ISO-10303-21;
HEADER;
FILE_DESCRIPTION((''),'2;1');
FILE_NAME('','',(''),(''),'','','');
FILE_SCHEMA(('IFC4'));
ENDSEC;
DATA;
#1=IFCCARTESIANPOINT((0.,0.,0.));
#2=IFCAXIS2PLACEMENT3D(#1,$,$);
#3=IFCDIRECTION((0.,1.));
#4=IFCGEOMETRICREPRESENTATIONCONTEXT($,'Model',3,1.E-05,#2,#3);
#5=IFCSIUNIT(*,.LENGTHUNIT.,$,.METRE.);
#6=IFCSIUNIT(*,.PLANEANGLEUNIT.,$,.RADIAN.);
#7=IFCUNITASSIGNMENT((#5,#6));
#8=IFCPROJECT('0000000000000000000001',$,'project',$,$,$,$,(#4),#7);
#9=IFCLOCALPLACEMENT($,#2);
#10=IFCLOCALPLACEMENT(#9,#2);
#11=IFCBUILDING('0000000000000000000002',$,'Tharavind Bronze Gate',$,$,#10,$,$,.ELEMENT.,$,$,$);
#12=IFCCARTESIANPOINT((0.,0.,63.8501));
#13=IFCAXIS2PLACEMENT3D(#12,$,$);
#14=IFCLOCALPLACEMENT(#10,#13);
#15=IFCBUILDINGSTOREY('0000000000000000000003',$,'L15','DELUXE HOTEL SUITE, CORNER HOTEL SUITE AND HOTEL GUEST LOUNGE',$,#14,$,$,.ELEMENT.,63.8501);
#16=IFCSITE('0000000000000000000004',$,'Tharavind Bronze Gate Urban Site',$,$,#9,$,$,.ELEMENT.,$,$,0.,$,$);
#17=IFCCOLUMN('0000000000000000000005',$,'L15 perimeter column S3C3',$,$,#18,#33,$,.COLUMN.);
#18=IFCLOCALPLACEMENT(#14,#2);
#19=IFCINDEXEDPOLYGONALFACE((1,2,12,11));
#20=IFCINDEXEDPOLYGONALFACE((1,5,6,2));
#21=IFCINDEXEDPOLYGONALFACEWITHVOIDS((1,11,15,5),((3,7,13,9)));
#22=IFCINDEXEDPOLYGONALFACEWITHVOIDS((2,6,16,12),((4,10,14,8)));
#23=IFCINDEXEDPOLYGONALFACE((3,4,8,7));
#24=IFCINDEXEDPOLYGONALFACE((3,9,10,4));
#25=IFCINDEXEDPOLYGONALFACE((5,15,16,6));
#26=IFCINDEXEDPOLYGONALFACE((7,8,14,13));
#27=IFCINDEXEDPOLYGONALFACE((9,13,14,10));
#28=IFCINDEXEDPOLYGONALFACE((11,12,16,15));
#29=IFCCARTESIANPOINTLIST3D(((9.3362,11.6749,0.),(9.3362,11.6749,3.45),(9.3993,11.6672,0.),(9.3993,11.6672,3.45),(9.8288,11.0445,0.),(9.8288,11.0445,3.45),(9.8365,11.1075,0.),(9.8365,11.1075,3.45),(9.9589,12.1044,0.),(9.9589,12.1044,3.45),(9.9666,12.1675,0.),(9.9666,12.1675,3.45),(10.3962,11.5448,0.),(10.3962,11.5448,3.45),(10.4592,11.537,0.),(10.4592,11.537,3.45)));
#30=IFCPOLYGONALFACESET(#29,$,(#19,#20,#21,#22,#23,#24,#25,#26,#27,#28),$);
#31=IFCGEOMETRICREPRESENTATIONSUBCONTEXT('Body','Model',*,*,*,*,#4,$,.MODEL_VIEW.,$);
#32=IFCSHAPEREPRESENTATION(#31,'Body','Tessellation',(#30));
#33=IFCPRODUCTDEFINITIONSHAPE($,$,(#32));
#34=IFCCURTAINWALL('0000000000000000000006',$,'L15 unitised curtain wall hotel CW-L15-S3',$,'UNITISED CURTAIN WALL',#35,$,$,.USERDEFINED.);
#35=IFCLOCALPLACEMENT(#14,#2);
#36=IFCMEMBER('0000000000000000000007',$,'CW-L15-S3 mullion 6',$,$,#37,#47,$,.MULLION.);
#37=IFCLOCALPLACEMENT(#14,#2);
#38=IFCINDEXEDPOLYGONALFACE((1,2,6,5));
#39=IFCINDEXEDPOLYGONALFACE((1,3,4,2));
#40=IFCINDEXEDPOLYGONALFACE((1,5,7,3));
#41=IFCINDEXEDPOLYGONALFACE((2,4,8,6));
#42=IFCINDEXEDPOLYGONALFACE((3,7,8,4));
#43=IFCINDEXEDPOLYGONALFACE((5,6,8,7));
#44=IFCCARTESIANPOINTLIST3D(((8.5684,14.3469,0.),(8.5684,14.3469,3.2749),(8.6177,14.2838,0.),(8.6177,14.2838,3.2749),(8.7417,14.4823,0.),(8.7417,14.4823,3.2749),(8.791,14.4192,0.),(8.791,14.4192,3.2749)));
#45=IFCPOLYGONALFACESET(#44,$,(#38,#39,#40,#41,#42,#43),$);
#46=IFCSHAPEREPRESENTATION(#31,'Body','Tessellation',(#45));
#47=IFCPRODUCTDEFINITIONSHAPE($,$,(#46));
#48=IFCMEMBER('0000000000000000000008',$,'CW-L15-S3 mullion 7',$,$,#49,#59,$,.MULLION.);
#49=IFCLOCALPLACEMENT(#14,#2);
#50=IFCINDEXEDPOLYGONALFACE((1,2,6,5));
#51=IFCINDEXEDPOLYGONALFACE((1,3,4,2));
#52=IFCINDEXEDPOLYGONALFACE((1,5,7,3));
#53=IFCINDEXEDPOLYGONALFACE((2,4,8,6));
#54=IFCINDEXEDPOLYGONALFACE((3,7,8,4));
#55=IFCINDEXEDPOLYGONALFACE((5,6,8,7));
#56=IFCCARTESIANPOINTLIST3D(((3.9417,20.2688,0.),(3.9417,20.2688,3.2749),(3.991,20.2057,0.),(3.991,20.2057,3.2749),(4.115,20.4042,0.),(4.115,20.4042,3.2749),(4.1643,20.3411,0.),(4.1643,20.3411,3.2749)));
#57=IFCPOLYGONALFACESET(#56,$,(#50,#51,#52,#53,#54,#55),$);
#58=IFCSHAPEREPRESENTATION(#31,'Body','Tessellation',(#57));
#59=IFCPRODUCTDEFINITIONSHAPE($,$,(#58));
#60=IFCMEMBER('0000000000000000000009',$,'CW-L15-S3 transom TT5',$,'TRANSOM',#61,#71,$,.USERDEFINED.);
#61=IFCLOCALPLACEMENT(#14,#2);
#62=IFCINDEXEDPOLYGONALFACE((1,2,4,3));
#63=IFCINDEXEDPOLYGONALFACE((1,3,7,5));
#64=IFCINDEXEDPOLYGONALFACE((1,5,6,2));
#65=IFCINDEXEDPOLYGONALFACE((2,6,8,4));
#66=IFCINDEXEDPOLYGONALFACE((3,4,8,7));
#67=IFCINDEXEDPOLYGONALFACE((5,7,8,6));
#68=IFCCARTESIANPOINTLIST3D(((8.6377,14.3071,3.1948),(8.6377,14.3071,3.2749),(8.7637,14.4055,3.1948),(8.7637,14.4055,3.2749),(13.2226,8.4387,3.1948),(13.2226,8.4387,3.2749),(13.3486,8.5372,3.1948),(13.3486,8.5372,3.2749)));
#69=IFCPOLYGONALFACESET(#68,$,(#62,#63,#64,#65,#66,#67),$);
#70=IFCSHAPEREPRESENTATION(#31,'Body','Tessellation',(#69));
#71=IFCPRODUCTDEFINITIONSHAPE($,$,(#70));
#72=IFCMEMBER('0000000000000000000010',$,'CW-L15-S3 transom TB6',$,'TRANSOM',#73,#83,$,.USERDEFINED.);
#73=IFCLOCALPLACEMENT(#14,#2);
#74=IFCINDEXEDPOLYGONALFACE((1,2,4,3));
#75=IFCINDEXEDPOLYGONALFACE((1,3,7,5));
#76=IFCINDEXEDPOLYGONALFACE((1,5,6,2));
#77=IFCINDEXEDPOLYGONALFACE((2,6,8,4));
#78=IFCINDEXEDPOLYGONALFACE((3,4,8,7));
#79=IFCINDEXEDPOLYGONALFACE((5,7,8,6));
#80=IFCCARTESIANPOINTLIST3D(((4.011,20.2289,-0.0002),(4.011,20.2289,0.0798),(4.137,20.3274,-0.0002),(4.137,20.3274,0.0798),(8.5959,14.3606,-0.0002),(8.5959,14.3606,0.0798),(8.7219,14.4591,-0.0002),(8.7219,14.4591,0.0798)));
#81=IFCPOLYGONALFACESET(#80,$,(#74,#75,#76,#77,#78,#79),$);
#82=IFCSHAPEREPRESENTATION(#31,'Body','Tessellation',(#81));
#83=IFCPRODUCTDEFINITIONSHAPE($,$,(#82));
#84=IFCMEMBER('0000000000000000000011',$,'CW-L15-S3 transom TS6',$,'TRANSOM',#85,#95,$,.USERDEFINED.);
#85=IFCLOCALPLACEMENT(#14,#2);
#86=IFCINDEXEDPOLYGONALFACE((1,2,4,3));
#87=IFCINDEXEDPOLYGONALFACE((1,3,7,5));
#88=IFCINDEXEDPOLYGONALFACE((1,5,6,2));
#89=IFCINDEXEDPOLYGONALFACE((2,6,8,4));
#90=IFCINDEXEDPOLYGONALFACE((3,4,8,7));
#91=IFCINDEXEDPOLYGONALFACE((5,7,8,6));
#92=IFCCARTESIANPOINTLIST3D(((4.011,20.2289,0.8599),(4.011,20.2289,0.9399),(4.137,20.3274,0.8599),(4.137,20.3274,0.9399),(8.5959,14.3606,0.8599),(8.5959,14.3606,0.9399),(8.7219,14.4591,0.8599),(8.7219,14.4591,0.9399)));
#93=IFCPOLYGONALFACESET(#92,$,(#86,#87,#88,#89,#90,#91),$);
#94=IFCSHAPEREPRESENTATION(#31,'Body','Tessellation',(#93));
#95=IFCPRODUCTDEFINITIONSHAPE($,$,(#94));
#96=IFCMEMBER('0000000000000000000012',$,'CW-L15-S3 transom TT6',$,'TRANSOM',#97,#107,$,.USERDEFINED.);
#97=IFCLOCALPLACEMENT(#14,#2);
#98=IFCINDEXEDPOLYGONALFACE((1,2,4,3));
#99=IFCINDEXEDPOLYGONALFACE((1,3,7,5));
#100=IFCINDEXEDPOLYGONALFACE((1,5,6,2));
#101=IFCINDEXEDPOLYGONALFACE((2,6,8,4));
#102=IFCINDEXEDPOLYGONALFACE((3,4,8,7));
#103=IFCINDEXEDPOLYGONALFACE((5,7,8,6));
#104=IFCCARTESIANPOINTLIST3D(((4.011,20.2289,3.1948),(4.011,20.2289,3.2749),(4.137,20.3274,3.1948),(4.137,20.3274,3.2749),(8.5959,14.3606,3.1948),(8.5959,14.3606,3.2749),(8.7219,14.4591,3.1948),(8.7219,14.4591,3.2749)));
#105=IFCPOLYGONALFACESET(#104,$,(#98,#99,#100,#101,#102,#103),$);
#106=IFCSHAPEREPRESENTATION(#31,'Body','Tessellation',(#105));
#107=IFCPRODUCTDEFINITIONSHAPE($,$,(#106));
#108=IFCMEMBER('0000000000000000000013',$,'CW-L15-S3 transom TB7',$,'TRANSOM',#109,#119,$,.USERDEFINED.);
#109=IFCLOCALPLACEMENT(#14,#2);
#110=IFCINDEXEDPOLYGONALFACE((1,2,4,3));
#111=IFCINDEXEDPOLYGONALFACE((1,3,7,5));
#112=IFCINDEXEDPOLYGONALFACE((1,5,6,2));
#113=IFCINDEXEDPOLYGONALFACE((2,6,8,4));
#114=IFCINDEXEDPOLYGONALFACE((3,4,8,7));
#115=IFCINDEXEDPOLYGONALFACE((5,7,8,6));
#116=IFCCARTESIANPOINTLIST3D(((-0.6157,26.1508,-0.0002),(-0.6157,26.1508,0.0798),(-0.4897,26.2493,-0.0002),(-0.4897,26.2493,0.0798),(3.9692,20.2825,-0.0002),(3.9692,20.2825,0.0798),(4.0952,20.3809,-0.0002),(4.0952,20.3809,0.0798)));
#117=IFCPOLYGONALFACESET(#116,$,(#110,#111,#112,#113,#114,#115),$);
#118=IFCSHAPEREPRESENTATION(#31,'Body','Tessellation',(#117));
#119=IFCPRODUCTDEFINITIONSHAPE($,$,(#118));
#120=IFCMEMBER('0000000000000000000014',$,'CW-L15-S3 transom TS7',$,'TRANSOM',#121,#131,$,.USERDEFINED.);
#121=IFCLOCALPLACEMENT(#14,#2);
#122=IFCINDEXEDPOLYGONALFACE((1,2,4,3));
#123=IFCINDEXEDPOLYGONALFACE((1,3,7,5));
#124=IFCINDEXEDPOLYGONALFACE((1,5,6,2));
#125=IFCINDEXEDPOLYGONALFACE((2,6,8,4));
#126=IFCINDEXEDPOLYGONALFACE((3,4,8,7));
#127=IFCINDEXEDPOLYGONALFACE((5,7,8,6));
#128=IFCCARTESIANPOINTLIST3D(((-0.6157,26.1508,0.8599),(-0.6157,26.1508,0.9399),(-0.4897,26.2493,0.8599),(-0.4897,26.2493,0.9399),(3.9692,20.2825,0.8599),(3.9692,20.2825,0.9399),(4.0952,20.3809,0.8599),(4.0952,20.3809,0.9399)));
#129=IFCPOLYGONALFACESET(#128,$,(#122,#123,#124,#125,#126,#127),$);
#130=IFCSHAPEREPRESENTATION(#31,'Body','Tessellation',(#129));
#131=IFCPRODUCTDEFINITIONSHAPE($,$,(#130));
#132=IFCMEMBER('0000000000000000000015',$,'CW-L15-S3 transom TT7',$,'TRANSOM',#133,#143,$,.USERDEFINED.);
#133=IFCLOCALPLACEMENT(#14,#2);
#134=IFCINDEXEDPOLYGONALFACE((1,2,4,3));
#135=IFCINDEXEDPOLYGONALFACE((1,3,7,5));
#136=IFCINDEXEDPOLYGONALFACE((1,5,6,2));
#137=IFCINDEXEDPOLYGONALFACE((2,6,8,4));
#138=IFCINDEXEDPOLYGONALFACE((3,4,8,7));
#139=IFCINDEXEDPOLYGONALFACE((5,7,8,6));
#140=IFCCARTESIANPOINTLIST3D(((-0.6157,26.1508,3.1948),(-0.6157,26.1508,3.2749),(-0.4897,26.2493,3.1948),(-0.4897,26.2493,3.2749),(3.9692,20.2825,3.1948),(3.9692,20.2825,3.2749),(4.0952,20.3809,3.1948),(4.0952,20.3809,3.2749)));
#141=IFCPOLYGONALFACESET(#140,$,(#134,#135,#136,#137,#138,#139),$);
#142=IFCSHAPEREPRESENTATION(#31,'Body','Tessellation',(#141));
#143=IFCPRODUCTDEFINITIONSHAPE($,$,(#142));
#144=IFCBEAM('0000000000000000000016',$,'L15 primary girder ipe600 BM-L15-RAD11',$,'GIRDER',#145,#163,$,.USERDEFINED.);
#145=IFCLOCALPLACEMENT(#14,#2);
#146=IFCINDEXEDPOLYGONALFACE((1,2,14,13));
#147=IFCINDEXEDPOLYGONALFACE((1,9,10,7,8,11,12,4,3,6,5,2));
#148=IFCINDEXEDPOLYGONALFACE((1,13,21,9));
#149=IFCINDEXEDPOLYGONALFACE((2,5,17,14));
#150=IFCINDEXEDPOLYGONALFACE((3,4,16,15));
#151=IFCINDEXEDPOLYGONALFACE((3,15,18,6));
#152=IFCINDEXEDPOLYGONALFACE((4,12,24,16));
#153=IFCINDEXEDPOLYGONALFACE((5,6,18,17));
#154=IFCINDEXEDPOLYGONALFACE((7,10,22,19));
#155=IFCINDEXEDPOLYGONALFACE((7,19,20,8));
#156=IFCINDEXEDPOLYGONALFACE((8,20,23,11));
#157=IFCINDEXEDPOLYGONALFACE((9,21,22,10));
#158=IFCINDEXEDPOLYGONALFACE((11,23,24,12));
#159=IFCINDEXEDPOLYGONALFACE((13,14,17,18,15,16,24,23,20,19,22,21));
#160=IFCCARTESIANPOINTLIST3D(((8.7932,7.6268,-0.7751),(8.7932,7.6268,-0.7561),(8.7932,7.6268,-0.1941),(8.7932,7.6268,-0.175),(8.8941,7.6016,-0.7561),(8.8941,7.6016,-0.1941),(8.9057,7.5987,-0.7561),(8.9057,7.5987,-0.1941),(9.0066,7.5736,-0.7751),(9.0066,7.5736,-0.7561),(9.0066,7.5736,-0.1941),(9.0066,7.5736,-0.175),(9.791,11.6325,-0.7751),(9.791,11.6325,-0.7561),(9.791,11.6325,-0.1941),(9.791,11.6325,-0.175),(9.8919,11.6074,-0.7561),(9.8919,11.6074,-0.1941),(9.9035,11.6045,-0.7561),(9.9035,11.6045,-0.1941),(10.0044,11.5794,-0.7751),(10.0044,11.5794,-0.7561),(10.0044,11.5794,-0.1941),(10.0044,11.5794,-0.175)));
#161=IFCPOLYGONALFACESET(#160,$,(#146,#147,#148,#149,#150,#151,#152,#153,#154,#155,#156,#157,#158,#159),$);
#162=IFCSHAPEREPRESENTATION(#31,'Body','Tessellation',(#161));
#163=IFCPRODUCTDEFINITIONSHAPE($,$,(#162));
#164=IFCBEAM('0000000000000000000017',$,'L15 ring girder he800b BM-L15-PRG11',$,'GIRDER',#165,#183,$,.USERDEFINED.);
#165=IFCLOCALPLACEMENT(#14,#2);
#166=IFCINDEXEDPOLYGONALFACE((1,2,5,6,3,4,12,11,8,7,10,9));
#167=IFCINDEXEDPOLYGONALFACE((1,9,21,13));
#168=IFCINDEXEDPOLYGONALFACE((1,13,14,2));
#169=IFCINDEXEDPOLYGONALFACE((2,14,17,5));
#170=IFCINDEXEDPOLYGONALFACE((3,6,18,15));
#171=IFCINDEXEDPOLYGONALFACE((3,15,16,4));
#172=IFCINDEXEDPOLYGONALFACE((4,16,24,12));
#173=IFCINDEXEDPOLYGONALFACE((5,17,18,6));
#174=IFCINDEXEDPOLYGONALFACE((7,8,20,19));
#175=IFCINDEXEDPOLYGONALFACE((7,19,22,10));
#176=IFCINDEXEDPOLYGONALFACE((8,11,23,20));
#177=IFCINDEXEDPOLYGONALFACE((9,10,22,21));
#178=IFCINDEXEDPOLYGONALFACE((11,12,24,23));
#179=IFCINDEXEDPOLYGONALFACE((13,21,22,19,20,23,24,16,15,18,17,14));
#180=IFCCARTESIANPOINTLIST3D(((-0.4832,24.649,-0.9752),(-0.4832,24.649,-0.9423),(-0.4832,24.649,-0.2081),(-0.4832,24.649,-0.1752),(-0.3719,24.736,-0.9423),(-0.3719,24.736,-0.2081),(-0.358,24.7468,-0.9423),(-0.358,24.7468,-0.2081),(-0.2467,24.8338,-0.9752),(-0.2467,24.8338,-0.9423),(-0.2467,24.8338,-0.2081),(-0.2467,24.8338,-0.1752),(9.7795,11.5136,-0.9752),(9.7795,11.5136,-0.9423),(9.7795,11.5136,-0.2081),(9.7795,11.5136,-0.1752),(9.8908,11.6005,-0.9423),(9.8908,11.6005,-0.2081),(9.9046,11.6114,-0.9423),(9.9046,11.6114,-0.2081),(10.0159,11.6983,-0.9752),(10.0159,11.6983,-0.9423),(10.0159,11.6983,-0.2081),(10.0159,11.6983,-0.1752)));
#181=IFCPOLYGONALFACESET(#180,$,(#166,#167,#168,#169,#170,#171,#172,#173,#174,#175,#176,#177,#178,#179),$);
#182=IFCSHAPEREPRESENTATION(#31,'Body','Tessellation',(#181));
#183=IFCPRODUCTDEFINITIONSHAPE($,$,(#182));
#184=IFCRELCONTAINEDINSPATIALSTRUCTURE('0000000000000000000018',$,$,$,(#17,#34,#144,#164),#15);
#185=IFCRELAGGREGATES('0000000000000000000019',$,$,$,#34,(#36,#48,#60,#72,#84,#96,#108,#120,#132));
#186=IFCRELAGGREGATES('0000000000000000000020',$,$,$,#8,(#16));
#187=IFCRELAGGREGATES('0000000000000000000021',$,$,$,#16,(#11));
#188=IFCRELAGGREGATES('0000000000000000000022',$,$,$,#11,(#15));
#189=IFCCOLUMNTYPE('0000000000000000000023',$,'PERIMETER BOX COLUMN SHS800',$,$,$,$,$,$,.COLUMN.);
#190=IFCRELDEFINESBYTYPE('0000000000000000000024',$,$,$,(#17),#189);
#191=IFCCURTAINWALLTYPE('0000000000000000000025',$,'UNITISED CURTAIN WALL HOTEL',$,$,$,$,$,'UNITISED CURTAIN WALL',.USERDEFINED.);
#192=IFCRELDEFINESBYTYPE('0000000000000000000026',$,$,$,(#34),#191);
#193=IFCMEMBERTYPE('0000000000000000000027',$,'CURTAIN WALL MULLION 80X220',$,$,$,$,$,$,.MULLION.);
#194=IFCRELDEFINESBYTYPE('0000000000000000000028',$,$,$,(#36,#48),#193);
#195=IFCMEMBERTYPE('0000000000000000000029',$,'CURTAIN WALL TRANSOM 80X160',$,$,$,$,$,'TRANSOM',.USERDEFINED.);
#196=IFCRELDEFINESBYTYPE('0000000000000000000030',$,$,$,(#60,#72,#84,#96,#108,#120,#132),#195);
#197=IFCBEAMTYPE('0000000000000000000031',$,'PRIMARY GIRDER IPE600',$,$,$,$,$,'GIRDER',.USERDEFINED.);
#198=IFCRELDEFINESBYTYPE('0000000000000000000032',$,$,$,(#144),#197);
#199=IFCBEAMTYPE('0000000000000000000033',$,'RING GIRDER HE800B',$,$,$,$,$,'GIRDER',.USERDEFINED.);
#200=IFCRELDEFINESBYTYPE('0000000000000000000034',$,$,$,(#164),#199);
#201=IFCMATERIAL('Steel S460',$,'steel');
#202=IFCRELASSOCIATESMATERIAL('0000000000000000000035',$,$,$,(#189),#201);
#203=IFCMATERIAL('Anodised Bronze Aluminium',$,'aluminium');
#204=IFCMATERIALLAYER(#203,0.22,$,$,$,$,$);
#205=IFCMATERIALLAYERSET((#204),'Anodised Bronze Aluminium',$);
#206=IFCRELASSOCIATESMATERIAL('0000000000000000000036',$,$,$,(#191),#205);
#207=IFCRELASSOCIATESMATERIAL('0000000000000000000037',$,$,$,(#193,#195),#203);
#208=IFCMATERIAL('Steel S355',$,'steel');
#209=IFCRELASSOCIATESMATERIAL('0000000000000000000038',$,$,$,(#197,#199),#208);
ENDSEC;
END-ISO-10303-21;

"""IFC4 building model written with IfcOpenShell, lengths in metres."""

from ifc_helpers import new_model, si_unit, direction, frame, origin, origin_2d, place, context, subcontext, project, spatial, rectangle, hollow_rectangle, i_section, extrude, material, layer, layer_set, material_profile, profile_set, type_object, element, aggregate, save


model = new_model("IFC4")

# Units and contexts
model_context = context("Model", 3, precision=1e-05, world=origin(), true_north=direction((0.0, 1.0)))
body_context = subcontext(model_context, "Body", "Model", "MODEL_VIEW")
ifc_project = project(units=[si_unit("LENGTHUNIT", "METRE"), si_unit("PLANEANGLEUNIT", "RADIAN")], contexts=[model_context])

# Site, building, storey
site_placement = place(None, origin())
site = spatial("IfcSite", under=ifc_project, at=site_placement, Name="Tharavind Bronze Gate Urban Site", CompositionType="ELEMENT", RefElevation=0.0)
building_placement = place(site_placement, origin())
building = spatial("IfcBuilding", under=site, at=building_placement, Name="Tharavind Bronze Gate", CompositionType="ELEMENT")
storey_placement = place(building_placement, frame((0.0, 0.0, 63.8501)))
storey = spatial("IfcBuildingStorey", under=building, at=storey_placement, Name="L15", Description="DELUXE HOTEL SUITE, CORNER HOTEL SUITE AND HOTEL GUEST LOUNGE", CompositionType="ELEMENT", Elevation=63.8501)

# Column
ifc_material_1 = material(Name="Steel S460", Category="steel")
ifc_material_profile_1 = material_profile(ifc_material_1, hollow_rectangle(XDim=0.8, YDim=0.8, WallThickness=0.0449, at=origin_2d()), Name="SHS800X45")
ifc_profile_set_1 = profile_set([ifc_material_profile_1], Name="Steel S460")
column_type = type_object("IfcColumnType", Name="PERIMETER BOX COLUMN SHS800", PredefinedType="COLUMN", material=ifc_profile_set_1)
column_placement = place(storey_placement, frame((9.8977, 11.606, 0.0), z_axis=(0.0, 0.0, 1.0), x_axis=(-0.615661, 0.788011, 0.0)))
element("IfcColumn", 1, at=column_placement, inside=storey, type_object=column_type, Name="L15 perimeter column S3C3", PredefinedType="COLUMN", context=body_context, shape_type="SweptSolid", body=[
    extrude(hollow_rectangle(XDim=0.8, YDim=0.8, WallThickness=0.0449, at=origin_2d()), origin(), (0.0, 0.0, 1.0), 3.45),
])

# Curtain wall, members
ifc_material_2 = material(Name="Anodised Bronze Aluminium", Category="aluminium")
ifc_layer_1 = layer(ifc_material_2, 0.22)
ifc_layer_set_1 = layer_set([ifc_layer_1], Name="Anodised Bronze Aluminium")
curtain_wall_type = type_object("IfcCurtainWallType", Name="UNITISED CURTAIN WALL HOTEL", ElementType="UNITISED CURTAIN WALL", PredefinedType="USERDEFINED", material=ifc_layer_set_1)
curtain_wall_placement = place(storey_placement, origin())
curtain_wall = element("IfcCurtainWall", 2, at=curtain_wall_placement, inside=storey, type_object=curtain_wall_type, Name="L15 unitised curtain wall hotel CW-L15-S3", ObjectType="UNITISED CURTAIN WALL", PredefinedType="USERDEFINED")
member_type_1 = type_object("IfcMemberType", Name="CURTAIN WALL MULLION 80X220", PredefinedType="MULLION", material=ifc_material_2)
member_1_placement = place(storey_placement, frame((8.6797, 14.3831, 0.0), z_axis=(0.0, 0.0, 1.0), x_axis=(-0.615661, 0.788011, 0.0)))
member_1 = element("IfcMember", 3, at=member_1_placement, type_object=member_type_1, Name="CW-L15-S3 mullion 6", PredefinedType="MULLION", context=body_context, shape_type="SweptSolid", body=[
    extrude(rectangle(XDim=0.0801, YDim=0.22, at=origin_2d()), origin(), (0.0, 0.0, 1.0), 3.2749),
])
member_2_placement = place(storey_placement, frame((4.053, 20.3049, 0.0), z_axis=(0.0, 0.0, 1.0), x_axis=(-0.615661, 0.788011, 0.0)))
member_2 = element("IfcMember", 4, at=member_2_placement, type_object=member_type_1, Name="CW-L15-S3 mullion 7", PredefinedType="MULLION", context=body_context, shape_type="SweptSolid", body=[
    extrude(rectangle(XDim=0.0801, YDim=0.22, at=origin_2d()), origin(), (0.0, 0.0, 1.0), 3.2749),
])
member_type_2 = type_object("IfcMemberType", Name="CURTAIN WALL TRANSOM 80X160", ElementType="TRANSOM", PredefinedType="USERDEFINED", material=ifc_material_2)
member_3_placement = place(storey_placement, frame((10.9932, 11.4221, 3.1948), z_axis=(0.0, 0.0, 1.0), x_axis=(-0.615661, 0.788011, 0.0)))
member_3 = element("IfcMember", 5, at=member_3_placement, type_object=member_type_2, Name="CW-L15-S3 transom TT5", ObjectType="TRANSOM", PredefinedType="USERDEFINED", context=body_context, shape_type="SweptSolid", body=[
    extrude(rectangle(XDim=7.447, YDim=0.1599, at=origin_2d()), origin(), (0.0, 0.0, 1.0), 0.0801),
])
member_4_placement = place(storey_placement, frame((6.3665, 17.344, -0.0002), z_axis=(0.0, 0.0, 1.0), x_axis=(-0.615661, 0.788011, 0.0)))
member_4 = element("IfcMember", 6, at=member_4_placement, type_object=member_type_2, Name="CW-L15-S3 transom TB6", ObjectType="TRANSOM", PredefinedType="USERDEFINED", context=body_context, shape_type="SweptSolid", body=[
    extrude(rectangle(XDim=7.447, YDim=0.1599, at=origin_2d()), origin(), (0.0, 0.0, 1.0), 0.0801),
])
member_5_placement = place(storey_placement, frame((6.3665, 17.344, 0.8599), z_axis=(0.0, 0.0, 1.0), x_axis=(-0.615661, 0.788011, 0.0)))
member_5 = element("IfcMember", 7, at=member_5_placement, type_object=member_type_2, Name="CW-L15-S3 transom TS6", ObjectType="TRANSOM", PredefinedType="USERDEFINED", context=body_context, shape_type="SweptSolid", body=[
    extrude(rectangle(XDim=7.447, YDim=0.1599, at=origin_2d()), origin(), (0.0, 0.0, 1.0), 0.0801),
])
member_6_placement = place(storey_placement, frame((6.3665, 17.344, 3.1948), z_axis=(0.0, 0.0, 1.0), x_axis=(-0.615661, 0.788011, 0.0)))
member_6 = element("IfcMember", 8, at=member_6_placement, type_object=member_type_2, Name="CW-L15-S3 transom TT6", ObjectType="TRANSOM", PredefinedType="USERDEFINED", context=body_context, shape_type="SweptSolid", body=[
    extrude(rectangle(XDim=7.447, YDim=0.1599, at=origin_2d()), origin(), (0.0, 0.0, 1.0), 0.0801),
])
member_7_placement = place(storey_placement, frame((1.7397, 23.2659, -0.0002), z_axis=(0.0, 0.0, 1.0), x_axis=(-0.615661, 0.788011, 0.0)))
member_7 = element("IfcMember", 9, at=member_7_placement, type_object=member_type_2, Name="CW-L15-S3 transom TB7", ObjectType="TRANSOM", PredefinedType="USERDEFINED", context=body_context, shape_type="SweptSolid", body=[
    extrude(rectangle(XDim=7.447, YDim=0.1599, at=origin_2d()), origin(), (0.0, 0.0, 1.0), 0.0801),
])
member_8_placement = place(storey_placement, frame((1.7397, 23.2659, 0.8599), z_axis=(0.0, 0.0, 1.0), x_axis=(-0.615661, 0.788011, 0.0)))
member_8 = element("IfcMember", 10, at=member_8_placement, type_object=member_type_2, Name="CW-L15-S3 transom TS7", ObjectType="TRANSOM", PredefinedType="USERDEFINED", context=body_context, shape_type="SweptSolid", body=[
    extrude(rectangle(XDim=7.447, YDim=0.1599, at=origin_2d()), origin(), (0.0, 0.0, 1.0), 0.0801),
])
member_9_placement = place(storey_placement, frame((1.7397, 23.2659, 3.1948), z_axis=(0.0, 0.0, 1.0), x_axis=(-0.615661, 0.788011, 0.0)))
member_9 = element("IfcMember", 11, at=member_9_placement, type_object=member_type_2, Name="CW-L15-S3 transom TT7", ObjectType="TRANSOM", PredefinedType="USERDEFINED", context=body_context, shape_type="SweptSolid", body=[
    extrude(rectangle(XDim=7.447, YDim=0.1599, at=origin_2d()), origin(), (0.0, 0.0, 1.0), 0.0801),
])

# Beams
ifc_material_3 = material(Name="Steel S355", Category="steel")
ifc_material_profile_2 = material_profile(ifc_material_3, i_section(OverallWidth=0.22, OverallDepth=0.6001, WebThickness=0.012, FlangeThickness=0.019, at=origin_2d()), Name="IPE600")
ifc_profile_set_2 = profile_set([ifc_material_profile_2], Name="Steel S355")
beam_type_1 = type_object("IfcBeamType", Name="PRIMARY GIRDER IPE600", ElementType="GIRDER", PredefinedType="USERDEFINED", material=ifc_profile_set_2)
beam_1_placement = place(storey_placement, frame((9.8977, 11.606, -0.4751), z_axis=(-0.241701, -0.970351, 0.0), x_axis=(0.970351, -0.241701, 0.0)))
element("IfcBeam", 12, at=beam_1_placement, inside=storey, type_object=beam_type_1, Name="L15 primary girder ipe600 BM-L15-RAD11", ObjectType="GIRDER", PredefinedType="USERDEFINED", context=body_context, shape_type="SweptSolid", body=[
    extrude(i_section(OverallWidth=0.22, OverallDepth=0.6001, WebThickness=0.012, FlangeThickness=0.019, at=origin_2d()), origin(), (0.0, 0.0, 1.0), 4.1282),
])
ifc_material_profile_3 = material_profile(ifc_material_3, i_section(OverallWidth=0.3, OverallDepth=0.8, WebThickness=0.0176, FlangeThickness=0.033, at=origin_2d()), Name="HE800B")
ifc_profile_set_3 = profile_set([ifc_material_profile_3], Name="Steel S355")
beam_type_2 = type_object("IfcBeamType", Name="RING GIRDER HE800B", ElementType="GIRDER", PredefinedType="USERDEFINED", material=ifc_profile_set_3)
beam_2_placement = place(storey_placement, frame((9.8977, 11.606, -0.5752), z_axis=(-0.615666, 0.788007, 0.0), x_axis=(-0.788007, -0.615666, 0.0)))
element("IfcBeam", 13, at=beam_2_placement, inside=storey, type_object=beam_type_2, Name="L15 ring girder he800b BM-L15-PRG11", ObjectType="GIRDER", PredefinedType="USERDEFINED", context=body_context, shape_type="SweptSolid", body=[
    extrude(i_section(OverallWidth=0.3, OverallDepth=0.8, WebThickness=0.0176, FlangeThickness=0.033, at=origin_2d()), origin(), (0.0, 0.0, 1.0), 16.6692),
])

aggregate(curtain_wall, [member_1, member_2, member_3, member_4, member_5, member_6, member_7, member_8, member_9])

save(model, "model.ifc")
